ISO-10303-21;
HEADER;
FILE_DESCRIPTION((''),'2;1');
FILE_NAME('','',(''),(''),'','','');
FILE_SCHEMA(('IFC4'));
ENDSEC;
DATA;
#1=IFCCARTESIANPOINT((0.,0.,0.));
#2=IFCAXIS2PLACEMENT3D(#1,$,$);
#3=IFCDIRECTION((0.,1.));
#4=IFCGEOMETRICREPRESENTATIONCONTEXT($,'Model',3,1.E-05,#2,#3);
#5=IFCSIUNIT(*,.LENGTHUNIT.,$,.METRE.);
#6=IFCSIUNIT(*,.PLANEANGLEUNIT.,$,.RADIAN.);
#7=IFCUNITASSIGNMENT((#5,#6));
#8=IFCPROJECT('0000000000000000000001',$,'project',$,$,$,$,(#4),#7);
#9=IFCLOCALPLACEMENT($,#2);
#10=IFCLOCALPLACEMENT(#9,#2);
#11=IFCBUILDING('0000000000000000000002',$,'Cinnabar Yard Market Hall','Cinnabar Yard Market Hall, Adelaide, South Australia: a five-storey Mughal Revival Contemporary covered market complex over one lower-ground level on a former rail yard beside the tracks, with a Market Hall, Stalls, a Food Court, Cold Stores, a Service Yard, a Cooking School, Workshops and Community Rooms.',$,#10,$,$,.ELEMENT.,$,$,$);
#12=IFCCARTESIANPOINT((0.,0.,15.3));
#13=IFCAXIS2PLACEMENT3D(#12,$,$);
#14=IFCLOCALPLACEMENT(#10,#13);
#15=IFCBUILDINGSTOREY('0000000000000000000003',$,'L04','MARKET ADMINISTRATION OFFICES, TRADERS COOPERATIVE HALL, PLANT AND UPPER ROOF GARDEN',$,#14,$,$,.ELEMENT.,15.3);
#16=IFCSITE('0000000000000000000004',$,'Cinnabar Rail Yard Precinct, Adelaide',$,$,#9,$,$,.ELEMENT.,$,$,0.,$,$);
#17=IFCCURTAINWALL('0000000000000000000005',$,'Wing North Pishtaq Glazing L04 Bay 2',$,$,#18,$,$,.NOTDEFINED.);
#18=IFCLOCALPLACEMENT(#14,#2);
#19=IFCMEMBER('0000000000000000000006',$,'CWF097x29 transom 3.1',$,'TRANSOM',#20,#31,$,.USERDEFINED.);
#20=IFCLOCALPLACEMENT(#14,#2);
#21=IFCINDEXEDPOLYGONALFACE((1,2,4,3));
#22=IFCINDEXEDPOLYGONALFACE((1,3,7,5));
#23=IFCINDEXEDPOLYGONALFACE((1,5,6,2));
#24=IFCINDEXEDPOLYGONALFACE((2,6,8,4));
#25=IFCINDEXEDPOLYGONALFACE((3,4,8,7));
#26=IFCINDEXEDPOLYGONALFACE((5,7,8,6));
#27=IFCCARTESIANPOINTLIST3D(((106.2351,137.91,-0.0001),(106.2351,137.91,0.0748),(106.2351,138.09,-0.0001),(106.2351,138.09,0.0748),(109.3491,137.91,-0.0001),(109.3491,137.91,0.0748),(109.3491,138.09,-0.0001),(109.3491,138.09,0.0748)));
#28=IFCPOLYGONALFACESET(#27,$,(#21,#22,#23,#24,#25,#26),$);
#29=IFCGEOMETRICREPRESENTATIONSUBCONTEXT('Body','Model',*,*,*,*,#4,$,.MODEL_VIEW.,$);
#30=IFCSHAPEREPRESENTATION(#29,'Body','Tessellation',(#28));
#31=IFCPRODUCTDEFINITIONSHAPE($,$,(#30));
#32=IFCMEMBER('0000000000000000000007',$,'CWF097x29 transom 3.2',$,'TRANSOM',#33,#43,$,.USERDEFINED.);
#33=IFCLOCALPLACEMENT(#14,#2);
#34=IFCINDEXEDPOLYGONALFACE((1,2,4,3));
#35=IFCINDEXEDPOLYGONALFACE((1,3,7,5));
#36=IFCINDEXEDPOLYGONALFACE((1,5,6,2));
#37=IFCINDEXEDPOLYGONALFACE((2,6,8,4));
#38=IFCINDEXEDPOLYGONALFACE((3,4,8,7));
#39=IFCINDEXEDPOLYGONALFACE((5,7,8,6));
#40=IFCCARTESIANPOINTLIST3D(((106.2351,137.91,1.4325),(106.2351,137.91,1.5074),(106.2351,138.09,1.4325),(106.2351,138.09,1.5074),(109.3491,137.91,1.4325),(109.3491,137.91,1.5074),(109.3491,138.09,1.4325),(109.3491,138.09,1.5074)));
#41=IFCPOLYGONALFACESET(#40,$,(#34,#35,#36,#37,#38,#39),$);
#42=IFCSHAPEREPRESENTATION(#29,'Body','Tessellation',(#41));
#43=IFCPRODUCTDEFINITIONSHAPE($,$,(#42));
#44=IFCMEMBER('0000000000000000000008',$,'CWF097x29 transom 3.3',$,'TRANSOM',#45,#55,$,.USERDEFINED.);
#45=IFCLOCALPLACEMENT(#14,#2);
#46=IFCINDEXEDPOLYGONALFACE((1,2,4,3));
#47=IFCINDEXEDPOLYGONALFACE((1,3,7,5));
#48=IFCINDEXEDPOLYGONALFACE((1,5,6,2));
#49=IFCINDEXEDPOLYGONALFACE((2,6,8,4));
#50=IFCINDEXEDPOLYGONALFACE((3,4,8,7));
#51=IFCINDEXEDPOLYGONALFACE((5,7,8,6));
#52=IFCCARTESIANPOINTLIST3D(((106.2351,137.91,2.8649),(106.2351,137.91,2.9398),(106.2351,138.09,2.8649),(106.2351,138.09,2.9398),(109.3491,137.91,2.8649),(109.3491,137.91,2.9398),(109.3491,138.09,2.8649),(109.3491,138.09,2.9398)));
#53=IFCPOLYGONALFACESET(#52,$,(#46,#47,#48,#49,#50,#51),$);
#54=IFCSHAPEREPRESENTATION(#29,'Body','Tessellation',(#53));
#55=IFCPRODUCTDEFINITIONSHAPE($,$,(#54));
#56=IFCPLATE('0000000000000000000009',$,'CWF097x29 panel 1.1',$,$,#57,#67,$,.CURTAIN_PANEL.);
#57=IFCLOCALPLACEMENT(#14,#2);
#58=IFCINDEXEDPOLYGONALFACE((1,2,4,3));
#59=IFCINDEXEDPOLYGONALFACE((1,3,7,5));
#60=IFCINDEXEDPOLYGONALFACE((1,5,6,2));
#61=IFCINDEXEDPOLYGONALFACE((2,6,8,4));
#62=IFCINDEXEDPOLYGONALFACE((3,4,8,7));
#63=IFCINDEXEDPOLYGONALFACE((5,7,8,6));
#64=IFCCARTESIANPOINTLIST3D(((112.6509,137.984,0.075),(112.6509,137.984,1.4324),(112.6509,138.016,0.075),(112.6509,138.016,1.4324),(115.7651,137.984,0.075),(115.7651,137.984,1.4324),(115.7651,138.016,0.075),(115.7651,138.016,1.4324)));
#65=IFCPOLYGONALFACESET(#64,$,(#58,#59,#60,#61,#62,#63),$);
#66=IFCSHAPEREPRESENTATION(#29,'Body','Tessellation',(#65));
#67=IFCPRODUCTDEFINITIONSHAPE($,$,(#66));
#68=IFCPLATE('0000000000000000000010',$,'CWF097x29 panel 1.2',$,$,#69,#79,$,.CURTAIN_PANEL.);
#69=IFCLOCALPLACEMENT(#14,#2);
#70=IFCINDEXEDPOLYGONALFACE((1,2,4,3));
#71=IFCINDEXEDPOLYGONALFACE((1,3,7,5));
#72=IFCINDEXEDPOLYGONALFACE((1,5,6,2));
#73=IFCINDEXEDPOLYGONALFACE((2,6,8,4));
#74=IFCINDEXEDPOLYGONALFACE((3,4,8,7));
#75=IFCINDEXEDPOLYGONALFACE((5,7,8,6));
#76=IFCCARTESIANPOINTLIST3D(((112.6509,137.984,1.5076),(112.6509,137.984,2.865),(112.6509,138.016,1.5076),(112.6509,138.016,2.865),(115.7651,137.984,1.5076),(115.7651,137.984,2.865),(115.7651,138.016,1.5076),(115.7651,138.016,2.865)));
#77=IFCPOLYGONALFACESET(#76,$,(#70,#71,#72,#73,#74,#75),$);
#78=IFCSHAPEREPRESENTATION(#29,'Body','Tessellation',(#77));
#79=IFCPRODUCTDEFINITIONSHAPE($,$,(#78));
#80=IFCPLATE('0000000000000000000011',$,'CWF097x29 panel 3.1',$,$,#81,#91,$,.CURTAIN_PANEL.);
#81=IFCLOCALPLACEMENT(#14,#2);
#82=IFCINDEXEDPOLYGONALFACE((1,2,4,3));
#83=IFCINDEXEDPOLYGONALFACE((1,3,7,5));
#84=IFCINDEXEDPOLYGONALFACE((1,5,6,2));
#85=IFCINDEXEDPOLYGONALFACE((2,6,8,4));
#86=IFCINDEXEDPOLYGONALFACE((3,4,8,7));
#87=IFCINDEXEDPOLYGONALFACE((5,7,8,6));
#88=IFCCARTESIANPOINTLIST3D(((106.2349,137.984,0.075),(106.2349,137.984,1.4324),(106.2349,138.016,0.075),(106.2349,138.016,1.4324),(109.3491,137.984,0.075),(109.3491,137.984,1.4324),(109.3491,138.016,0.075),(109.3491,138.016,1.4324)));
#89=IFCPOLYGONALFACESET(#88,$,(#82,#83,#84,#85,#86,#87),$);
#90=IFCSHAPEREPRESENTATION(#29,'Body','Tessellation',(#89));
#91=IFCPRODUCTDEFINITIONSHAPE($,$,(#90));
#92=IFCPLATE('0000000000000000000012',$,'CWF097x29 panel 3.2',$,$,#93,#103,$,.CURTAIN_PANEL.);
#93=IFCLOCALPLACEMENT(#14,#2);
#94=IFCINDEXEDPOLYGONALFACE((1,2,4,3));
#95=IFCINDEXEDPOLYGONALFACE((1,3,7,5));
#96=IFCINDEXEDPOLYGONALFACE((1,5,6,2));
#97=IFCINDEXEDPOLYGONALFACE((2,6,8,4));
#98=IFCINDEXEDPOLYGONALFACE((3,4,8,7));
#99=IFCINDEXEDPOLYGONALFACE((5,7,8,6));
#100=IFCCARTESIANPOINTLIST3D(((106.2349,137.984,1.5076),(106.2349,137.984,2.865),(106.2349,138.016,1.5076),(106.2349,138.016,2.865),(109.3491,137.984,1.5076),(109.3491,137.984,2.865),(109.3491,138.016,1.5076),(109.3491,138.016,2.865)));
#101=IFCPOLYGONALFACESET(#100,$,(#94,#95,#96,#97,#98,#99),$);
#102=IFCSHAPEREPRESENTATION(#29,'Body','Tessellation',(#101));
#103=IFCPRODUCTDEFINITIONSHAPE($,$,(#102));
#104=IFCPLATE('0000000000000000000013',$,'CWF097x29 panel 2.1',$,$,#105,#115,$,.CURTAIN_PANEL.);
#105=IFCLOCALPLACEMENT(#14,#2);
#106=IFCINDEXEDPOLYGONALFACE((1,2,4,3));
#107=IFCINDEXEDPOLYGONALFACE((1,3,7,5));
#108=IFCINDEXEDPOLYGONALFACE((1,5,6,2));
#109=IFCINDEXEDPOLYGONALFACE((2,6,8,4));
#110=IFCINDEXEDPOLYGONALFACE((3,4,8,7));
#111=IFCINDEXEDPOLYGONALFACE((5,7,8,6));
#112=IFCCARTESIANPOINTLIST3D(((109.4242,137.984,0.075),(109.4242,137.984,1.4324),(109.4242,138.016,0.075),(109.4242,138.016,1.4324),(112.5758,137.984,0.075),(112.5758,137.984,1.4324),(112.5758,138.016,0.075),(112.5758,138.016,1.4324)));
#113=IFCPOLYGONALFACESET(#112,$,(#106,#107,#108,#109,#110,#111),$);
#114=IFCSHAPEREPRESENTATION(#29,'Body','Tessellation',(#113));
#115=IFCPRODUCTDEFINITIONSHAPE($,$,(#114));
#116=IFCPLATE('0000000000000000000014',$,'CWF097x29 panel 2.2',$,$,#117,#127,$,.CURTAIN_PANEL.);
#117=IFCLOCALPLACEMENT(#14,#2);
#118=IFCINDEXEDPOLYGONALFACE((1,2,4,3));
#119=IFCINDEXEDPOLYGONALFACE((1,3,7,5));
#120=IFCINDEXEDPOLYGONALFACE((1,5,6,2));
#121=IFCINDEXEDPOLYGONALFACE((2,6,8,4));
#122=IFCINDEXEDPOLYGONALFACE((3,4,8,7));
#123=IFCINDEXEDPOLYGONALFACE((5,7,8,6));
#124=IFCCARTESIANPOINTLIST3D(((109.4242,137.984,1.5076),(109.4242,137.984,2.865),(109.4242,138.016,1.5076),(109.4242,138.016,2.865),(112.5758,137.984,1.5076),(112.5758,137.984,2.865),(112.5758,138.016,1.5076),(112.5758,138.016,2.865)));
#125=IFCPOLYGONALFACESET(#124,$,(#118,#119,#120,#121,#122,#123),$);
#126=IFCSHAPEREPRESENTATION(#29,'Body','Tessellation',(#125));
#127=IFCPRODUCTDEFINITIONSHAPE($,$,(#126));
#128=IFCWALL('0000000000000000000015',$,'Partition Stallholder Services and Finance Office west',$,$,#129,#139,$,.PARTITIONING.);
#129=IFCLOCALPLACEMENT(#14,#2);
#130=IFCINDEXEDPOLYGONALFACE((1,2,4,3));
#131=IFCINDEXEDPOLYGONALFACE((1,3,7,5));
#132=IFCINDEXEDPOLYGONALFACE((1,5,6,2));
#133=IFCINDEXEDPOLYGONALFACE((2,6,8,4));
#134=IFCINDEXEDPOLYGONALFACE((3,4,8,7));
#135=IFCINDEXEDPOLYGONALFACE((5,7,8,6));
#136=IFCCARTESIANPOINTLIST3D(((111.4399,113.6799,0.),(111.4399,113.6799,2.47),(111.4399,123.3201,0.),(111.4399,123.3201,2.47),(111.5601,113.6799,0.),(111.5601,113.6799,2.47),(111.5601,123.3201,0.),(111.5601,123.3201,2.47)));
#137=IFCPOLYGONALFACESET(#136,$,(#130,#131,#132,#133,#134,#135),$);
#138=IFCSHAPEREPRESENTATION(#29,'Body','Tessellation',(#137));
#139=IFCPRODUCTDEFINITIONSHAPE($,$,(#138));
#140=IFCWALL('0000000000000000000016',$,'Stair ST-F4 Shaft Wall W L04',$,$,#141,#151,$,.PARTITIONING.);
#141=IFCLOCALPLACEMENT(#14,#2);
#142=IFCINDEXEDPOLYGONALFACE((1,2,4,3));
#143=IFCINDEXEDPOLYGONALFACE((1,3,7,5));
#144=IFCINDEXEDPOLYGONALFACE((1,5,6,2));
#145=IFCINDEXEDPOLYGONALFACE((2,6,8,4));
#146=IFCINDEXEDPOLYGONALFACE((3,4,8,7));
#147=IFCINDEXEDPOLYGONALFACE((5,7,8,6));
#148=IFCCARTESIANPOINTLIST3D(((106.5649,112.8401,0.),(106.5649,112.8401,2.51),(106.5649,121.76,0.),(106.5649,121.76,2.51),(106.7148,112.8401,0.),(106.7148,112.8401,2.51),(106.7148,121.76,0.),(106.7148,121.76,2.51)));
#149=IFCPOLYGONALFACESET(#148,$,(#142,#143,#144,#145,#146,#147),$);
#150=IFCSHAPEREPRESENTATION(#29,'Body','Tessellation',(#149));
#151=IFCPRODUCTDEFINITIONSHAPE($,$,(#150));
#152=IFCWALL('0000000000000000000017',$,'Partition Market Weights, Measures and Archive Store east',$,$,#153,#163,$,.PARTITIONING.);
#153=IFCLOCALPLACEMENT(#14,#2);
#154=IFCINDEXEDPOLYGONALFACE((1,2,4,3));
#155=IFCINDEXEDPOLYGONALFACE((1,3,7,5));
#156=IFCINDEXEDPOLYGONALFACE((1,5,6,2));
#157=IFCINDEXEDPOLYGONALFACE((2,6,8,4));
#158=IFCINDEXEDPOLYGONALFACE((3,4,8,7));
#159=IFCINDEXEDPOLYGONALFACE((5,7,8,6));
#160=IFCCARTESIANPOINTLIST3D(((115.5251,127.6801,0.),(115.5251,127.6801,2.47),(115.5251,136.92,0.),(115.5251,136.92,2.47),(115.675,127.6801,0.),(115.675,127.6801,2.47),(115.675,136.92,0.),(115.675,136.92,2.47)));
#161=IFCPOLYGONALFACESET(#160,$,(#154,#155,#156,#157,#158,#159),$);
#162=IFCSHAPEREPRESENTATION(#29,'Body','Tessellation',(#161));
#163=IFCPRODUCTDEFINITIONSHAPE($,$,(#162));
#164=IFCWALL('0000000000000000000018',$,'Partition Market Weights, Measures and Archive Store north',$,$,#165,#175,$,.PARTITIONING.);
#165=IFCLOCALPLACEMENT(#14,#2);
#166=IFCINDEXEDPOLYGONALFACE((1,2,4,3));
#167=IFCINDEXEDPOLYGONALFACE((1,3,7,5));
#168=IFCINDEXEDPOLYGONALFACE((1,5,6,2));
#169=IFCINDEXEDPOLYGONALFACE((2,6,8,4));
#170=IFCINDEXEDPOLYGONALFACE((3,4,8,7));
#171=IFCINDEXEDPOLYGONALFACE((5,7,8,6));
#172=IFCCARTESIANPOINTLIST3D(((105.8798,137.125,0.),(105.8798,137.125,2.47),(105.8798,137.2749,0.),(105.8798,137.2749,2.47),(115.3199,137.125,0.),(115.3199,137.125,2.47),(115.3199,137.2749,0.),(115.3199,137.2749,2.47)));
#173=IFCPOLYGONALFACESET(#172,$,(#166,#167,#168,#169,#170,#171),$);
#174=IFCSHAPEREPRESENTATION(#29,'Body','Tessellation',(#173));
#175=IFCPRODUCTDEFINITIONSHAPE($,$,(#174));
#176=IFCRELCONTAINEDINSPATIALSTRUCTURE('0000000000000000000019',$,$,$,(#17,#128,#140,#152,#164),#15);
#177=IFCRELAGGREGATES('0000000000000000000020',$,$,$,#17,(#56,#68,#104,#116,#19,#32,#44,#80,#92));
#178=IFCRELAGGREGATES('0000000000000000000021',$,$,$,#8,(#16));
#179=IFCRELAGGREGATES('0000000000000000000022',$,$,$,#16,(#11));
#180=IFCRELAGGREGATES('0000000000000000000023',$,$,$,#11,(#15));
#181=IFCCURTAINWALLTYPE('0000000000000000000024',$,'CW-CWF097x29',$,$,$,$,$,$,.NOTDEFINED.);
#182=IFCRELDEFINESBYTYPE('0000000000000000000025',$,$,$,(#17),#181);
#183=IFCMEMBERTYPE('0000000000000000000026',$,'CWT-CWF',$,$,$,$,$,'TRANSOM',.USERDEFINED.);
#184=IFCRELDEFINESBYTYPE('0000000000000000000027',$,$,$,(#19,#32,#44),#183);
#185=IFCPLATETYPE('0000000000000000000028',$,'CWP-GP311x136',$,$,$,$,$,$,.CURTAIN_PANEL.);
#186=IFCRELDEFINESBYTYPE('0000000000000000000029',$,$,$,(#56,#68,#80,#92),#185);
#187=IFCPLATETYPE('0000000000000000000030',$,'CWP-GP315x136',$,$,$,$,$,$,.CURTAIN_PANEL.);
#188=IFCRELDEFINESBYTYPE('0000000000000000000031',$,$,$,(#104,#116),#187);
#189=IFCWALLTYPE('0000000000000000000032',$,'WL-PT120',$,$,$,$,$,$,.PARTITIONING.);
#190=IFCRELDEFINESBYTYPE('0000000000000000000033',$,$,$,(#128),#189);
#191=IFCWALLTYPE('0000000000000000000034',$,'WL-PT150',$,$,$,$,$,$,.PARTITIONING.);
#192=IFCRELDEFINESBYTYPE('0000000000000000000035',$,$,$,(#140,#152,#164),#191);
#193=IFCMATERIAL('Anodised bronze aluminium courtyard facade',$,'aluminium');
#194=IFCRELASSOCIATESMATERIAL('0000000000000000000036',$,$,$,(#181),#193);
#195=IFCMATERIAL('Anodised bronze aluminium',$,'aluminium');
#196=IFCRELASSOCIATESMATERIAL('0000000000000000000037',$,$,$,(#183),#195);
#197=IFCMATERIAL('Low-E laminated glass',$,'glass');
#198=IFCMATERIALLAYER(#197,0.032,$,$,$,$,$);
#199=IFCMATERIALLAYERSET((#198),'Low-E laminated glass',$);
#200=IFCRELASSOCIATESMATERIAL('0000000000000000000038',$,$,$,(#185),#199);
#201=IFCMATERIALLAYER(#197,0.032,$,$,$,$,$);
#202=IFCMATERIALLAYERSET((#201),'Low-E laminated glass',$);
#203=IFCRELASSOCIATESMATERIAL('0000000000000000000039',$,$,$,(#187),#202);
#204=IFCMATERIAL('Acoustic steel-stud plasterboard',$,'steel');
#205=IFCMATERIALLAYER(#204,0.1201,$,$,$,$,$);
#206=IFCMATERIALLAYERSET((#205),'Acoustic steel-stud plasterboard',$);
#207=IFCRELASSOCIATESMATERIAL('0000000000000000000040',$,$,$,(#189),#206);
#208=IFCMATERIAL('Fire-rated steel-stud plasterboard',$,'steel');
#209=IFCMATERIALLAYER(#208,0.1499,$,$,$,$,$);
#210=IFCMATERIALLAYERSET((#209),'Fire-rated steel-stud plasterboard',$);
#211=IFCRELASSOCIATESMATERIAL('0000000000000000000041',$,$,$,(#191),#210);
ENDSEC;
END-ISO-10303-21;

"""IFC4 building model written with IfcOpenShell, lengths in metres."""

from ifc_helpers import new_model, si_unit, direction, frame, frame_2d, origin, origin_2d_with_axis, place, context, subcontext, project, spatial, rectangle, extrude, material, layer, layer_set, material_profile, profile_set, type_object, element, aggregate, save


model = new_model("IFC4")

# Units and contexts
model_context = context("Model", 3, precision=1e-05, world=origin(), true_north=direction((0.0, 1.0)))
body_context = subcontext(model_context, "Body", "Model", "MODEL_VIEW")
ifc_project = project(units=[si_unit("LENGTHUNIT", "METRE"), si_unit("PLANEANGLEUNIT", "RADIAN")], contexts=[model_context])

# Site, building, storey
site_placement = place(None, origin())
site = spatial("IfcSite", under=ifc_project, at=site_placement, Name="Cinnabar Rail Yard Precinct, Adelaide", CompositionType="ELEMENT", RefElevation=0.0)
building_placement = place(site_placement, origin())
building = spatial("IfcBuilding", under=site, at=building_placement, Name="Cinnabar Yard Market Hall", Description="Cinnabar Yard Market Hall, Adelaide, South Australia: a five-storey Mughal Revival Contemporary covered market complex over one lower-ground level on a former rail yard beside the tracks, with a Market Hall, Stalls, a Food Court, Cold Stores, a Service Yard, a Cooking School, Workshops and Community Rooms.", CompositionType="ELEMENT")
storey_placement = place(building_placement, frame((0.0, 0.0, 15.3)))
storey = spatial("IfcBuildingStorey", under=building, at=storey_placement, Name="L04", Description="MARKET ADMINISTRATION OFFICES, TRADERS COOPERATIVE HALL, PLANT AND UPPER ROOF GARDEN", CompositionType="ELEMENT", Elevation=15.3)

# Curtain wall, members, plates
ifc_material_1 = material(Name="Anodised bronze aluminium courtyard facade", Category="aluminium")
curtain_wall_type = type_object("IfcCurtainWallType", Name="CW-CWF097x29", PredefinedType="NOTDEFINED", material=ifc_material_1)
curtain_wall_placement = place(storey_placement, origin())
curtain_wall = element("IfcCurtainWall", 1, at=curtain_wall_placement, inside=storey, type_object=curtain_wall_type, Name="Wing North Pishtaq Glazing L04 Bay 2", PredefinedType="NOTDEFINED")
ifc_material_2 = material(Name="Anodised bronze aluminium", Category="aluminium")
ifc_material_profile_1 = material_profile(ifc_material_2, rectangle(XDim=0.1799, YDim=0.075, at=origin_2d_with_axis()), Name="TRN-CWF")
ifc_profile_set_1 = profile_set([ifc_material_profile_1], Name="Anodised bronze aluminium")
member_type_1 = type_object("IfcMemberType", Name="CWT-CWF", ElementType="TRANSOM", PredefinedType="USERDEFINED", material=ifc_profile_set_1)
member_1_placement = place(storey_placement, frame((109.3491, 138.0, 0.0374), z_axis=(-1.0, 0.0, 0.0), x_axis=(0.0, -1.0, 0.0)))
member_1 = element("IfcMember", 2, at=member_1_placement, type_object=member_type_1, Name="CWF097x29 transom 3.1", ObjectType="TRANSOM", PredefinedType="USERDEFINED", context=body_context, shape_type="SweptSolid", body=[
    extrude(rectangle(XDim=0.1799, YDim=0.075, at=origin_2d_with_axis()), origin(), (0.0, 0.0, 1.0), 3.114),
])
member_2_placement = place(storey_placement, frame((109.3491, 138.0, 1.47), z_axis=(-1.0, 0.0, 0.0), x_axis=(0.0, -1.0, 0.0)))
member_2 = element("IfcMember", 3, at=member_2_placement, type_object=member_type_1, Name="CWF097x29 transom 3.2", ObjectType="TRANSOM", PredefinedType="USERDEFINED", context=body_context, shape_type="SweptSolid", body=[
    extrude(rectangle(XDim=0.1799, YDim=0.075, at=origin_2d_with_axis()), origin(), (0.0, 0.0, 1.0), 3.114),
])
member_3_placement = place(storey_placement, frame((109.3491, 138.0, 2.9023), z_axis=(-1.0, 0.0, 0.0), x_axis=(0.0, -1.0, 0.0)))
member_3 = element("IfcMember", 4, at=member_3_placement, type_object=member_type_1, Name="CWF097x29 transom 3.3", ObjectType="TRANSOM", PredefinedType="USERDEFINED", context=body_context, shape_type="SweptSolid", body=[
    extrude(rectangle(XDim=0.1799, YDim=0.075, at=origin_2d_with_axis()), origin(), (0.0, 0.0, 1.0), 3.114),
])
ifc_material_3 = material(Name="Low-E laminated glass", Category="glass")
ifc_layer_1 = layer(ifc_material_3, 0.032)
ifc_layer_set_1 = layer_set([ifc_layer_1], Name="Low-E laminated glass")
plate_type_1 = type_object("IfcPlateType", Name="CWP-GP311x136", PredefinedType="CURTAIN_PANEL", material=ifc_layer_set_1)
plate_1_placement = place(storey_placement, frame((114.208, 138.0, 0.075), z_axis=(0.0, 0.0, 1.0), x_axis=(-1.0, 0.0, 0.0)))
plate_1 = element("IfcPlate", 5, at=plate_1_placement, type_object=plate_type_1, Name="CWF097x29 panel 1.1", PredefinedType="CURTAIN_PANEL", context=body_context, shape_type="SweptSolid", body=[
    extrude(rectangle(XDim=3.1143, YDim=0.032, at=origin_2d_with_axis()), origin(), (0.0, 0.0, 1.0), 1.3574),
])
plate_2_placement = place(storey_placement, frame((114.208, 138.0, 1.5076), z_axis=(0.0, 0.0, 1.0), x_axis=(-1.0, 0.0, 0.0)))
plate_2 = element("IfcPlate", 6, at=plate_2_placement, type_object=plate_type_1, Name="CWF097x29 panel 1.2", PredefinedType="CURTAIN_PANEL", context=body_context, shape_type="SweptSolid", body=[
    extrude(rectangle(XDim=3.1143, YDim=0.032, at=origin_2d_with_axis()), origin(), (0.0, 0.0, 1.0), 1.3574),
])
plate_3_placement = place(storey_placement, frame((107.792, 138.0, 0.075), z_axis=(0.0, 0.0, 1.0), x_axis=(-1.0, 0.0, 0.0)))
plate_3 = element("IfcPlate", 7, at=plate_3_placement, type_object=plate_type_1, Name="CWF097x29 panel 3.1", PredefinedType="CURTAIN_PANEL", context=body_context, shape_type="SweptSolid", body=[
    extrude(rectangle(XDim=3.1143, YDim=0.032, at=origin_2d_with_axis()), origin(), (0.0, 0.0, 1.0), 1.3574),
])
plate_4_placement = place(storey_placement, frame((107.792, 138.0, 1.5076), z_axis=(0.0, 0.0, 1.0), x_axis=(-1.0, 0.0, 0.0)))
plate_4 = element("IfcPlate", 8, at=plate_4_placement, type_object=plate_type_1, Name="CWF097x29 panel 3.2", PredefinedType="CURTAIN_PANEL", context=body_context, shape_type="SweptSolid", body=[
    extrude(rectangle(XDim=3.1143, YDim=0.032, at=origin_2d_with_axis()), origin(), (0.0, 0.0, 1.0), 1.3574),
])
ifc_layer_2 = layer(ifc_material_3, 0.032)
ifc_layer_set_2 = layer_set([ifc_layer_2], Name="Low-E laminated glass")
plate_type_2 = type_object("IfcPlateType", Name="CWP-GP315x136", PredefinedType="CURTAIN_PANEL", material=ifc_layer_set_2)
plate_5_placement = place(storey_placement, frame((111.0, 138.0, 0.075), z_axis=(0.0, 0.0, 1.0), x_axis=(-1.0, 0.0, 0.0)))
plate_5 = element("IfcPlate", 9, at=plate_5_placement, type_object=plate_type_2, Name="CWF097x29 panel 2.1", PredefinedType="CURTAIN_PANEL", context=body_context, shape_type="SweptSolid", body=[
    extrude(rectangle(XDim=3.1516, YDim=0.032, at=origin_2d_with_axis()), origin(), (0.0, 0.0, 1.0), 1.3574),
])
plate_6_placement = place(storey_placement, frame((111.0, 138.0, 1.5076), z_axis=(0.0, 0.0, 1.0), x_axis=(-1.0, 0.0, 0.0)))
plate_6 = element("IfcPlate", 10, at=plate_6_placement, type_object=plate_type_2, Name="CWF097x29 panel 2.2", PredefinedType="CURTAIN_PANEL", context=body_context, shape_type="SweptSolid", body=[
    extrude(rectangle(XDim=3.1516, YDim=0.032, at=origin_2d_with_axis()), origin(), (0.0, 0.0, 1.0), 1.3574),
])
aggregate(curtain_wall, [plate_1, plate_2, plate_5, plate_6, member_1, member_2, member_3, plate_3, plate_4])

# Walls
ifc_material_4 = material(Name="Acoustic steel-stud plasterboard", Category="steel")
ifc_layer_3 = layer(ifc_material_4, 0.1201)
ifc_layer_set_3 = layer_set([ifc_layer_3], Name="Acoustic steel-stud plasterboard")
wall_type_1 = type_object("IfcWallType", Name="WL-PT120", PredefinedType="PARTITIONING", material=ifc_layer_set_3)
wall_1_placement = place(storey_placement, frame((111.5, 123.3201, 0.0), z_axis=(0.0, 0.0, 1.0), x_axis=(0.0, -1.0, 0.0)))
element("IfcWall", 11, at=wall_1_placement, inside=storey, type_object=wall_type_1, Name="Partition Stallholder Services and Finance Office west", PredefinedType="PARTITIONING", context=body_context, shape_type="SweptSolid", body=[
    extrude(rectangle(XDim=9.6401, YDim=0.1201, at=frame_2d((4.8201, 0.0), x_axis=(1.0, 0.0))), origin(), (0.0, 0.0, 1.0), 2.47),
])
ifc_material_5 = material(Name="Fire-rated steel-stud plasterboard", Category="steel")
ifc_layer_4 = layer(ifc_material_5, 0.1499)
ifc_layer_set_4 = layer_set([ifc_layer_4], Name="Fire-rated steel-stud plasterboard")
wall_type_2 = type_object("IfcWallType", Name="WL-PT150", PredefinedType="PARTITIONING", material=ifc_layer_set_4)
wall_2_placement = place(storey_placement, frame((106.6399, 121.76, 0.0), z_axis=(0.0, 0.0, 1.0), x_axis=(0.0, -1.0, 0.0)))
element("IfcWall", 12, at=wall_2_placement, inside=storey, type_object=wall_type_2, Name="Stair ST-F4 Shaft Wall W L04", PredefinedType="PARTITIONING", context=body_context, shape_type="SweptSolid", body=[
    extrude(rectangle(XDim=8.9199, YDim=0.1499, at=frame_2d((4.46, 0.0), x_axis=(1.0, 0.0))), origin(), (0.0, 0.0, 1.0), 2.51),
])

# Walls
wall_3_placement = place(storey_placement, frame((115.6001, 127.6799, 0.0), z_axis=(0.0, 0.0, 1.0), x_axis=(0.0, 1.0, 0.0)))
element("IfcWall", 13, at=wall_3_placement, inside=storey, type_object=wall_type_2, Name="Partition Market Weights, Measures and Archive Store east", PredefinedType="PARTITIONING", context=body_context, shape_type="SweptSolid", body=[
    extrude(rectangle(XDim=9.24, YDim=0.1499, at=frame_2d((4.6201, 0.0), x_axis=(1.0, 0.0))), origin(), (0.0, 0.0, 1.0), 2.47),
])
wall_4_placement = place(storey_placement, frame((115.3201, 137.2, 0.0), z_axis=(0.0, 0.0, 1.0), x_axis=(-1.0, 0.0, 0.0)))
element("IfcWall", 14, at=wall_4_placement, inside=storey, type_object=wall_type_2, Name="Partition Market Weights, Measures and Archive Store north", PredefinedType="PARTITIONING", context=body_context, shape_type="SweptSolid", body=[
    extrude(rectangle(XDim=9.4402, YDim=0.1499, at=frame_2d((4.7202, 0.0), x_axis=(1.0, 0.0))), origin(), (0.0, 0.0, 1.0), 2.47),
])

save(model, "model.ifc")
